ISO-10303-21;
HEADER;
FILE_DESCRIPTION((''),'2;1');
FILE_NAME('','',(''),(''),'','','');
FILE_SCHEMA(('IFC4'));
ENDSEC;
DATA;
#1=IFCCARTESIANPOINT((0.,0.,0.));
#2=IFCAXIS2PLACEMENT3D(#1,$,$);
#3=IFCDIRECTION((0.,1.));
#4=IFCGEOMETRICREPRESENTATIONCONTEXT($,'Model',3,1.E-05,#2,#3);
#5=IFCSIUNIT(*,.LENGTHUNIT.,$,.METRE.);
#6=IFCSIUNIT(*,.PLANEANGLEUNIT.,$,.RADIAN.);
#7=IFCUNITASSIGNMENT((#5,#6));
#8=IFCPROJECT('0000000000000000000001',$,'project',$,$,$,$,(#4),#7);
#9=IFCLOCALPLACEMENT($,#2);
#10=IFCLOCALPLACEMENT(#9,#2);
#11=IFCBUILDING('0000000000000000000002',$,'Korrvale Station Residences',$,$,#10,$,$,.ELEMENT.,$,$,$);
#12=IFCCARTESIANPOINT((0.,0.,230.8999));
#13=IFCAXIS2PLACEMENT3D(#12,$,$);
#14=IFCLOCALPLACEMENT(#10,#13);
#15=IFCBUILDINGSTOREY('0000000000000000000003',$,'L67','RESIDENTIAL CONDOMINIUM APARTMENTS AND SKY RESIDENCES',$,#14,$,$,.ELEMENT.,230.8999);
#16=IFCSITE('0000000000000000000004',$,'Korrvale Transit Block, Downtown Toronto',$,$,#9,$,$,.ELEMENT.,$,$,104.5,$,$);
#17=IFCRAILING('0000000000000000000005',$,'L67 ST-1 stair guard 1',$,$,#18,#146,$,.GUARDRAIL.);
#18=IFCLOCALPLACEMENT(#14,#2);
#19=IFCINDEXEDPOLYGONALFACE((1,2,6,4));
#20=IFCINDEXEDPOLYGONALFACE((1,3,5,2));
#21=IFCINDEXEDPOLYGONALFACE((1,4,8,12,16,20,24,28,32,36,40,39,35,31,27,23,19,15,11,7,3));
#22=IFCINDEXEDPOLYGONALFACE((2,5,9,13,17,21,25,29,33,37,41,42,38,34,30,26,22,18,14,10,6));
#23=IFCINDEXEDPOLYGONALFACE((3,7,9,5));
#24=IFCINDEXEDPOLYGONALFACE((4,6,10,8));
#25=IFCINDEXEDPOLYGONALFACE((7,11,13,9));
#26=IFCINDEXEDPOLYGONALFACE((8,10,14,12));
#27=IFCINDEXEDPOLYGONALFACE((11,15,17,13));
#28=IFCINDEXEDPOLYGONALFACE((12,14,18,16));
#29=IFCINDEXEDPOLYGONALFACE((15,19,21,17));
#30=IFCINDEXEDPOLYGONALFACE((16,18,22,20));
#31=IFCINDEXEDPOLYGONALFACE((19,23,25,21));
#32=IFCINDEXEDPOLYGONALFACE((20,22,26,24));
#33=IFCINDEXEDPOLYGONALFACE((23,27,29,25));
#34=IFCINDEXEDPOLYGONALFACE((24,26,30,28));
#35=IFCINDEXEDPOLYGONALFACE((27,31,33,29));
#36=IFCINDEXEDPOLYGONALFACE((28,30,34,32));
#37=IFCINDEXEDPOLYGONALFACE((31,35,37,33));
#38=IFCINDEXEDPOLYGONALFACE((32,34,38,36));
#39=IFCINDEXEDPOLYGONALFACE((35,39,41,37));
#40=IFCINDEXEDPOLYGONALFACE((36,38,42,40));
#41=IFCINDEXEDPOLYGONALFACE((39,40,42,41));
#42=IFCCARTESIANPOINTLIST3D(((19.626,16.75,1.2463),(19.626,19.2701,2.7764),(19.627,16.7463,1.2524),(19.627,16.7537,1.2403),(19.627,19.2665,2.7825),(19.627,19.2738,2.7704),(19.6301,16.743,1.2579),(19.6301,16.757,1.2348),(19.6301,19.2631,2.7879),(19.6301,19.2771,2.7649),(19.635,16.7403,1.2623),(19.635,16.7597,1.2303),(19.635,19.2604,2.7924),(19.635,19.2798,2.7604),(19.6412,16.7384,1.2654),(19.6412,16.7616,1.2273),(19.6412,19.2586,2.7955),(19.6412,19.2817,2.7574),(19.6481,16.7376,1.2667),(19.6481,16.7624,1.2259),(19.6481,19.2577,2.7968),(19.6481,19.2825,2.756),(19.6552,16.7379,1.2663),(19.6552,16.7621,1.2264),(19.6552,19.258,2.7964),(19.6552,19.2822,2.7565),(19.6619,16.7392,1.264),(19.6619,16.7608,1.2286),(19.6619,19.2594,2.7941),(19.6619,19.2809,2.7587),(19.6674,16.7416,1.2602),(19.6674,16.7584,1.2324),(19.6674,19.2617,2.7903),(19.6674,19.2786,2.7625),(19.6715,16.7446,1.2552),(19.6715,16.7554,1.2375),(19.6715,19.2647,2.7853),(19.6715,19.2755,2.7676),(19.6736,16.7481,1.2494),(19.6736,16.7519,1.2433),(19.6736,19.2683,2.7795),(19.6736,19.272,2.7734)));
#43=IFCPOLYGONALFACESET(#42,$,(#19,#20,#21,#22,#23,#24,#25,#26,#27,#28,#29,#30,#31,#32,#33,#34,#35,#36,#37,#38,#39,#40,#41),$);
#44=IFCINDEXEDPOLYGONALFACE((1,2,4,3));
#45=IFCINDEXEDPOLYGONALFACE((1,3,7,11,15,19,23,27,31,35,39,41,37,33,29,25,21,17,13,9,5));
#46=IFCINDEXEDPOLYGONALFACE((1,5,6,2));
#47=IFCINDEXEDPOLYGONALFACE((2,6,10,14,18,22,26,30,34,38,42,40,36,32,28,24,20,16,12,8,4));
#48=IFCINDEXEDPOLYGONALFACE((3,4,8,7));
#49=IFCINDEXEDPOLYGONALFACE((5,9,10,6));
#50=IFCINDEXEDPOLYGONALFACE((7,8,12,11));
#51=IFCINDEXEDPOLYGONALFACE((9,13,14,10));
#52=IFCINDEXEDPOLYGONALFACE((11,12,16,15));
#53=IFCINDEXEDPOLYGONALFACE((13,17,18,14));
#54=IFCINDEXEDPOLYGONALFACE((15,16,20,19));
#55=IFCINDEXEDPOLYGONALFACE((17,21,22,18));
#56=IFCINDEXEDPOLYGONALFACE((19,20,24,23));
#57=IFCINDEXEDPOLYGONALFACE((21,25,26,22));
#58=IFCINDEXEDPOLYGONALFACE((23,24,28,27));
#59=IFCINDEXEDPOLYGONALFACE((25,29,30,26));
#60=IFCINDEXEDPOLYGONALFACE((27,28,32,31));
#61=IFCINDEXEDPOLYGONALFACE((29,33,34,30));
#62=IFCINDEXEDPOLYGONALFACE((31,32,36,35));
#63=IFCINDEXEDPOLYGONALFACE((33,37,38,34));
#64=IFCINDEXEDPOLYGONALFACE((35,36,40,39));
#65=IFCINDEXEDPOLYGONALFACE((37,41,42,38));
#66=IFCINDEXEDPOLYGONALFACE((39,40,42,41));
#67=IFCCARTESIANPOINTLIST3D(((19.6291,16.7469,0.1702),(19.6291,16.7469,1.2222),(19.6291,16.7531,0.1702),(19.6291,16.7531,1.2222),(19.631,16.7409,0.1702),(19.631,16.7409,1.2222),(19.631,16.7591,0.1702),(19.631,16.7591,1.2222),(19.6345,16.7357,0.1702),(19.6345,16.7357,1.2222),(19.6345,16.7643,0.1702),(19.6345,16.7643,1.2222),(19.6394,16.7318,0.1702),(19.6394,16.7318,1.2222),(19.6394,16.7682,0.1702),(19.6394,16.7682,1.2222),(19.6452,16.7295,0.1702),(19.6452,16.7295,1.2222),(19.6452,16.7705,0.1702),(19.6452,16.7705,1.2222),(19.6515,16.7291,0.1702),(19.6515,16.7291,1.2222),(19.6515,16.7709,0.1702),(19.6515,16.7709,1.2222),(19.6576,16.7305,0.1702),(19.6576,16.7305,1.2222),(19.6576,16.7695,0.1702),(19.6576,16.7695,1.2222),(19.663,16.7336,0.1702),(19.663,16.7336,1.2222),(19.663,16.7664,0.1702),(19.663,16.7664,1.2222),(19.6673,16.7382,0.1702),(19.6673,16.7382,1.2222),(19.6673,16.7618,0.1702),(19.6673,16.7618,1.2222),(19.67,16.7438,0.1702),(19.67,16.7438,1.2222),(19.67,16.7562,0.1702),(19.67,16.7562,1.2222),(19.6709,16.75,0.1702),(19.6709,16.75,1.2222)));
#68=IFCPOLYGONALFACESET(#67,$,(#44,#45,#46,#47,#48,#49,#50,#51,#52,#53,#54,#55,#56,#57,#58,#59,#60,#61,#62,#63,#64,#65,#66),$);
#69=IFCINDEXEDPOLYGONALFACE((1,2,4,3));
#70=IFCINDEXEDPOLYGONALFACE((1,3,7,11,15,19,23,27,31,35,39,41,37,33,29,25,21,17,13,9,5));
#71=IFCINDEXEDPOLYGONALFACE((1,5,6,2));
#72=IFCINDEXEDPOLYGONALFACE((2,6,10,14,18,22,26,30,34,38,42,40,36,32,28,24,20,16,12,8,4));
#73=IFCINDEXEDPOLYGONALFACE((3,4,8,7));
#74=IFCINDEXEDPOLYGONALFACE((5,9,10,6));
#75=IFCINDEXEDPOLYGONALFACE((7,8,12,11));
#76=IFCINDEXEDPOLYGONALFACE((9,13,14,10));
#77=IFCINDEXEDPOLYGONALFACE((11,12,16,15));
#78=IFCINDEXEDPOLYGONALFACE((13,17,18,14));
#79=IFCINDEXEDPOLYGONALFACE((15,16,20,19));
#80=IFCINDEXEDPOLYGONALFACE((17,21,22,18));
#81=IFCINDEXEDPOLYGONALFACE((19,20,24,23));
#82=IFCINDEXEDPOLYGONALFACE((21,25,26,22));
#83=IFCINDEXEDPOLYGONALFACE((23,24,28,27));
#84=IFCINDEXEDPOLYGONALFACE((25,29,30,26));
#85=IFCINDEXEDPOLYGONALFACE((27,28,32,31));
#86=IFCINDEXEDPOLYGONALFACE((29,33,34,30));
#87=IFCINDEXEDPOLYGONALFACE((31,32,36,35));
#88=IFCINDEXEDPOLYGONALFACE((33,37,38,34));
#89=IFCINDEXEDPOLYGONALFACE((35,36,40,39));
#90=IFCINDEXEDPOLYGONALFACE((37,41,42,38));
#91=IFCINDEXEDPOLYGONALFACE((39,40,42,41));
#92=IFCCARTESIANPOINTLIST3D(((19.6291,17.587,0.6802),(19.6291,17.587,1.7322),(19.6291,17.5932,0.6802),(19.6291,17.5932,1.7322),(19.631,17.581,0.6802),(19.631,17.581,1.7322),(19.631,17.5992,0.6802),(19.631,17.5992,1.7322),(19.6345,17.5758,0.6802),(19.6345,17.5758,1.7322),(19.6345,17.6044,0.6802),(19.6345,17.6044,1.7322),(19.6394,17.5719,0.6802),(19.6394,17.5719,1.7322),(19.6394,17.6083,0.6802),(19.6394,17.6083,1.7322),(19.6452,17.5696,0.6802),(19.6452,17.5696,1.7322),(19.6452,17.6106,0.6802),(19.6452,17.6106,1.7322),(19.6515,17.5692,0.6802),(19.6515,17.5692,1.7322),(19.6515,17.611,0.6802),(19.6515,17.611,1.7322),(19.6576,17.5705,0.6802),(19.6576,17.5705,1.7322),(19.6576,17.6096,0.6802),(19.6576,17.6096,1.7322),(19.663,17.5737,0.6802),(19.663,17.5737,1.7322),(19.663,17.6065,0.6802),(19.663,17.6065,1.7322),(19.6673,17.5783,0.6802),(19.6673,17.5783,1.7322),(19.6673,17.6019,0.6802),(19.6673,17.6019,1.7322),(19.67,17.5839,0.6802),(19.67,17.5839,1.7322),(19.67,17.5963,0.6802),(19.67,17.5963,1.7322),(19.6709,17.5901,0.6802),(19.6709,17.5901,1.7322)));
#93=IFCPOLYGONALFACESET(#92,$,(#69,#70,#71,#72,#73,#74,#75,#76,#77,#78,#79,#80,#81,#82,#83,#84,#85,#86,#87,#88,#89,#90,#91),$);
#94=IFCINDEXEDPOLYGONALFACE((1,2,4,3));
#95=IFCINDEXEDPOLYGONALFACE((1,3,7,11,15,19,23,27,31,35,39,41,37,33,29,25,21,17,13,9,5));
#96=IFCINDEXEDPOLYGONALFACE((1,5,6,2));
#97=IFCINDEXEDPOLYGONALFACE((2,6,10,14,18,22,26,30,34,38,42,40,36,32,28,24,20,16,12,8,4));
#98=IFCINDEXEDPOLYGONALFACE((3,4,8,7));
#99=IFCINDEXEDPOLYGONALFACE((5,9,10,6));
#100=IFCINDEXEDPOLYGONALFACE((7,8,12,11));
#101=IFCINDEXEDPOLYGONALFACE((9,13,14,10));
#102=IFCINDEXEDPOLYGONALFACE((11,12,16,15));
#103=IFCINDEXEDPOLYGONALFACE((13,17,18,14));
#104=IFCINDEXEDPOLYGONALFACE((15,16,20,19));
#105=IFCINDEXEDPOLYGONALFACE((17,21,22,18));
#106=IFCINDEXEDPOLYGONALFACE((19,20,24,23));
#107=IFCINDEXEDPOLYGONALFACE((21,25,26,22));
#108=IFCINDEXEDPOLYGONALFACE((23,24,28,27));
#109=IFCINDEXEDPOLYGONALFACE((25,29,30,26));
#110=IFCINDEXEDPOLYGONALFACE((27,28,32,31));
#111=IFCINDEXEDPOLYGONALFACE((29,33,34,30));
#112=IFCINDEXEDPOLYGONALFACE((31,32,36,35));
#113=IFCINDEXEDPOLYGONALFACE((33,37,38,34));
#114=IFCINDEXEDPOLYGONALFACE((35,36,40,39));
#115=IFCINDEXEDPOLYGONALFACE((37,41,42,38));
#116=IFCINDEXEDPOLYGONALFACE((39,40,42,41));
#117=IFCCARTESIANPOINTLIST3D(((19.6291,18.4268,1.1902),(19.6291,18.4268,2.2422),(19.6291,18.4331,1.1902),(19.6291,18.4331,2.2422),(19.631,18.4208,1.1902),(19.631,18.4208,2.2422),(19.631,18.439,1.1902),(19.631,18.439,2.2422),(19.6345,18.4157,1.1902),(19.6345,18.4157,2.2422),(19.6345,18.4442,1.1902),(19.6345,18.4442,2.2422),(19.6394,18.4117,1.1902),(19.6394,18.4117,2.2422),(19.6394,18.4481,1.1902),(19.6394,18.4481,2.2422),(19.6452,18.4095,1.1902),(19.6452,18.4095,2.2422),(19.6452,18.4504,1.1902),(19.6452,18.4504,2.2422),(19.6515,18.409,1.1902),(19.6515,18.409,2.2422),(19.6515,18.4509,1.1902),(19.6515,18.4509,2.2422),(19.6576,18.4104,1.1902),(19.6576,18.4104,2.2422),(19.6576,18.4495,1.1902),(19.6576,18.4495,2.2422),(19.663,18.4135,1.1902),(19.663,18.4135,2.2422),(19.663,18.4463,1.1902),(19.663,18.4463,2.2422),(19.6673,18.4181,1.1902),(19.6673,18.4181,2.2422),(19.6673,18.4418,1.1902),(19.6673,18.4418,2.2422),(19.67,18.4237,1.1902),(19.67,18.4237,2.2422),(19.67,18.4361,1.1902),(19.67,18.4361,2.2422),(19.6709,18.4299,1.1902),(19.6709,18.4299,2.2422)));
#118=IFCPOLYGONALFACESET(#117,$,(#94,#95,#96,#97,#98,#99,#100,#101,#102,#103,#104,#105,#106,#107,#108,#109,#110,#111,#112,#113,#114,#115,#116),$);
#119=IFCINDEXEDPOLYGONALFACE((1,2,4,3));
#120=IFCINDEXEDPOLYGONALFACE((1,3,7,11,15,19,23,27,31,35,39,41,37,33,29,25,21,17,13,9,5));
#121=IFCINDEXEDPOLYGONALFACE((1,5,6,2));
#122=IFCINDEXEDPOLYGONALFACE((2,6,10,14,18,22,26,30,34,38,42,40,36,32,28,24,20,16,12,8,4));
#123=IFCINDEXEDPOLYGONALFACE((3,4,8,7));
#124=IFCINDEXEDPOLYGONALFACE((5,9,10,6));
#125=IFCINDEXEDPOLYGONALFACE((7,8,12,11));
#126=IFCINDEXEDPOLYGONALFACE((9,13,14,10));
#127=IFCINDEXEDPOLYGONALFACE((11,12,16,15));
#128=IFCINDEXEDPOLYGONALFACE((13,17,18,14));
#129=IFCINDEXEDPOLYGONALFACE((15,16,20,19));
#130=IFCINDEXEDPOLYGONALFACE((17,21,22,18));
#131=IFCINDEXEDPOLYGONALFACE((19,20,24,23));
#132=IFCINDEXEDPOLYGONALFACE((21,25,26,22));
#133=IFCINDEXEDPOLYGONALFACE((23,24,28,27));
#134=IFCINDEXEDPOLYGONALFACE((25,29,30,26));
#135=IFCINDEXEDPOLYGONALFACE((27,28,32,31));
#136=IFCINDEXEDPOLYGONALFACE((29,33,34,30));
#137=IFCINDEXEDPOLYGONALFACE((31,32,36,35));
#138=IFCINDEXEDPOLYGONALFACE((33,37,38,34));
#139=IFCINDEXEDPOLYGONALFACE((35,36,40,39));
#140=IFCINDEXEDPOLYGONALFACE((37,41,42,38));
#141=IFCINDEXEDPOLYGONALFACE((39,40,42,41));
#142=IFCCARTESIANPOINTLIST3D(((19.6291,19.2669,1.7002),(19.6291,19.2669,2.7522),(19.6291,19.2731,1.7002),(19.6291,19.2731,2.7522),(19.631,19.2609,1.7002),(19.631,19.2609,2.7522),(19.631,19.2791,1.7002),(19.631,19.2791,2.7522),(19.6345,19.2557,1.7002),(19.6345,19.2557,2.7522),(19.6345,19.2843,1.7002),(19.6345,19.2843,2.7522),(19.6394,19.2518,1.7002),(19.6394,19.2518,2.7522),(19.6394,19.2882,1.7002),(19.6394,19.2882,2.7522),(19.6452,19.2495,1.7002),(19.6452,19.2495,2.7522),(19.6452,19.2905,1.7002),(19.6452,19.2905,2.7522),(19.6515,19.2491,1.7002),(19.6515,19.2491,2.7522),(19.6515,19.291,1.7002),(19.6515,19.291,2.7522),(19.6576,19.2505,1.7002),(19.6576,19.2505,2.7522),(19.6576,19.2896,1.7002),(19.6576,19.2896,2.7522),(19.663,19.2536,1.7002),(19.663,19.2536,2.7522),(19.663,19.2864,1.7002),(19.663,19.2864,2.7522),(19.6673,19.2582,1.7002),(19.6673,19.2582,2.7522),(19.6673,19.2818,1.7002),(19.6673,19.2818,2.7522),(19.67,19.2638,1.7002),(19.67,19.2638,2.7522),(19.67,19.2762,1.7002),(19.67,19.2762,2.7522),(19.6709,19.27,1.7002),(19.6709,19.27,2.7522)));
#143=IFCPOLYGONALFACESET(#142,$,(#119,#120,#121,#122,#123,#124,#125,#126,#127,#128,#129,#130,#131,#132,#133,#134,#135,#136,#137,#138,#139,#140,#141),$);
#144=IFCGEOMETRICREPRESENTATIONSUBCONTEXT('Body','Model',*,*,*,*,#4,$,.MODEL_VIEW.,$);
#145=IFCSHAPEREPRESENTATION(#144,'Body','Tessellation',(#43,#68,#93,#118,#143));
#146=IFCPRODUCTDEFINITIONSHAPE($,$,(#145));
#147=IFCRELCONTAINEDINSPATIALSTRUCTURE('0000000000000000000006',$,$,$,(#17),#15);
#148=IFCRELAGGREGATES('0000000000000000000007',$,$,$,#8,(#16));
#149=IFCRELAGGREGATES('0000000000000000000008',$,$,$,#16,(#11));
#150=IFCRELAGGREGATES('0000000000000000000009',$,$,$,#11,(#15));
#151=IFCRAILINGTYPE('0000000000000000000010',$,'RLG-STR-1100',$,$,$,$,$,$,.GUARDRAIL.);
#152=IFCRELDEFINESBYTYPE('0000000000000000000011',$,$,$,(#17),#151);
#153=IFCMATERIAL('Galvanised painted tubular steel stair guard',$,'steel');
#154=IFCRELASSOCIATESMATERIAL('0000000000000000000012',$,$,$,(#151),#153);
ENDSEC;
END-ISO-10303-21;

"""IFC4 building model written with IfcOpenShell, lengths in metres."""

from ifc_helpers import new_model, si_unit, direction, frame, origin, origin_2d, place, context, subcontext, project, spatial, circle, extrude, material, type_object, element, save


model = new_model("IFC4")

# Units and contexts
model_context = context("Model", 3, precision=1e-05, world=origin(), true_north=direction((0.0, 1.0)))
body_context = subcontext(model_context, "Body", "Model", "MODEL_VIEW")
ifc_project = project(units=[si_unit("LENGTHUNIT", "METRE"), si_unit("PLANEANGLEUNIT", "RADIAN")], contexts=[model_context])

# Site, building, storey
site_placement = place(None, origin())
site = spatial("IfcSite", under=ifc_project, at=site_placement, Name="Korrvale Transit Block, Downtown Toronto", CompositionType="ELEMENT", RefElevation=104.5)
building_placement = place(site_placement, origin())
building = spatial("IfcBuilding", under=site, at=building_placement, Name="Korrvale Station Residences", CompositionType="ELEMENT")
storey_placement = place(building_placement, frame((0.0, 0.0, 230.8999)))
storey = spatial("IfcBuildingStorey", under=building, at=storey_placement, Name="L67", Description="RESIDENTIAL CONDOMINIUM APARTMENTS AND SKY RESIDENCES", CompositionType="ELEMENT", Elevation=230.8999)

# Railing
ifc_material_1 = material(Name="Galvanised painted tubular steel stair guard", Category="steel")
railing_type_1 = type_object("IfcRailingType", Name="RLG-STR-1100", PredefinedType="GUARDRAIL", material=ifc_material_1)
railing_1_placement = place(storey_placement, frame((19.6499, 16.75, 0.1702)))
element("IfcRailing", 1, at=railing_1_placement, inside=storey, type_object=railing_type_1, Name="L67 ST-1 stair guard 1", PredefinedType="GUARDRAIL", context=body_context, shape_type="SweptSolid", body=[
    extrude(circle(Radius=0.0239, at=origin_2d()), frame((0.0, 0.0, 1.0762), z_axis=(0.0, 0.854785, 0.518982), x_axis=(-1.0, 0.0, 0.0)), (0.0, 0.0, 1.0), 2.9482),
    extrude(circle(Radius=0.021, at=origin_2d()), origin(), (0.0, 0.0, 1.0), 1.052),
    extrude(circle(Radius=0.021, at=origin_2d()), frame((0.0, 0.8401, 0.51)), (0.0, 0.0, 1.0), 1.052),
    extrude(circle(Radius=0.021, at=origin_2d()), frame((0.0, 1.6799, 1.02)), (0.0, 0.0, 1.0), 1.052),
    extrude(circle(Radius=0.021, at=origin_2d()), frame((0.0, 2.52, 1.53)), (0.0, 0.0, 1.0), 1.052),
])

save(model, "model.ifc")
